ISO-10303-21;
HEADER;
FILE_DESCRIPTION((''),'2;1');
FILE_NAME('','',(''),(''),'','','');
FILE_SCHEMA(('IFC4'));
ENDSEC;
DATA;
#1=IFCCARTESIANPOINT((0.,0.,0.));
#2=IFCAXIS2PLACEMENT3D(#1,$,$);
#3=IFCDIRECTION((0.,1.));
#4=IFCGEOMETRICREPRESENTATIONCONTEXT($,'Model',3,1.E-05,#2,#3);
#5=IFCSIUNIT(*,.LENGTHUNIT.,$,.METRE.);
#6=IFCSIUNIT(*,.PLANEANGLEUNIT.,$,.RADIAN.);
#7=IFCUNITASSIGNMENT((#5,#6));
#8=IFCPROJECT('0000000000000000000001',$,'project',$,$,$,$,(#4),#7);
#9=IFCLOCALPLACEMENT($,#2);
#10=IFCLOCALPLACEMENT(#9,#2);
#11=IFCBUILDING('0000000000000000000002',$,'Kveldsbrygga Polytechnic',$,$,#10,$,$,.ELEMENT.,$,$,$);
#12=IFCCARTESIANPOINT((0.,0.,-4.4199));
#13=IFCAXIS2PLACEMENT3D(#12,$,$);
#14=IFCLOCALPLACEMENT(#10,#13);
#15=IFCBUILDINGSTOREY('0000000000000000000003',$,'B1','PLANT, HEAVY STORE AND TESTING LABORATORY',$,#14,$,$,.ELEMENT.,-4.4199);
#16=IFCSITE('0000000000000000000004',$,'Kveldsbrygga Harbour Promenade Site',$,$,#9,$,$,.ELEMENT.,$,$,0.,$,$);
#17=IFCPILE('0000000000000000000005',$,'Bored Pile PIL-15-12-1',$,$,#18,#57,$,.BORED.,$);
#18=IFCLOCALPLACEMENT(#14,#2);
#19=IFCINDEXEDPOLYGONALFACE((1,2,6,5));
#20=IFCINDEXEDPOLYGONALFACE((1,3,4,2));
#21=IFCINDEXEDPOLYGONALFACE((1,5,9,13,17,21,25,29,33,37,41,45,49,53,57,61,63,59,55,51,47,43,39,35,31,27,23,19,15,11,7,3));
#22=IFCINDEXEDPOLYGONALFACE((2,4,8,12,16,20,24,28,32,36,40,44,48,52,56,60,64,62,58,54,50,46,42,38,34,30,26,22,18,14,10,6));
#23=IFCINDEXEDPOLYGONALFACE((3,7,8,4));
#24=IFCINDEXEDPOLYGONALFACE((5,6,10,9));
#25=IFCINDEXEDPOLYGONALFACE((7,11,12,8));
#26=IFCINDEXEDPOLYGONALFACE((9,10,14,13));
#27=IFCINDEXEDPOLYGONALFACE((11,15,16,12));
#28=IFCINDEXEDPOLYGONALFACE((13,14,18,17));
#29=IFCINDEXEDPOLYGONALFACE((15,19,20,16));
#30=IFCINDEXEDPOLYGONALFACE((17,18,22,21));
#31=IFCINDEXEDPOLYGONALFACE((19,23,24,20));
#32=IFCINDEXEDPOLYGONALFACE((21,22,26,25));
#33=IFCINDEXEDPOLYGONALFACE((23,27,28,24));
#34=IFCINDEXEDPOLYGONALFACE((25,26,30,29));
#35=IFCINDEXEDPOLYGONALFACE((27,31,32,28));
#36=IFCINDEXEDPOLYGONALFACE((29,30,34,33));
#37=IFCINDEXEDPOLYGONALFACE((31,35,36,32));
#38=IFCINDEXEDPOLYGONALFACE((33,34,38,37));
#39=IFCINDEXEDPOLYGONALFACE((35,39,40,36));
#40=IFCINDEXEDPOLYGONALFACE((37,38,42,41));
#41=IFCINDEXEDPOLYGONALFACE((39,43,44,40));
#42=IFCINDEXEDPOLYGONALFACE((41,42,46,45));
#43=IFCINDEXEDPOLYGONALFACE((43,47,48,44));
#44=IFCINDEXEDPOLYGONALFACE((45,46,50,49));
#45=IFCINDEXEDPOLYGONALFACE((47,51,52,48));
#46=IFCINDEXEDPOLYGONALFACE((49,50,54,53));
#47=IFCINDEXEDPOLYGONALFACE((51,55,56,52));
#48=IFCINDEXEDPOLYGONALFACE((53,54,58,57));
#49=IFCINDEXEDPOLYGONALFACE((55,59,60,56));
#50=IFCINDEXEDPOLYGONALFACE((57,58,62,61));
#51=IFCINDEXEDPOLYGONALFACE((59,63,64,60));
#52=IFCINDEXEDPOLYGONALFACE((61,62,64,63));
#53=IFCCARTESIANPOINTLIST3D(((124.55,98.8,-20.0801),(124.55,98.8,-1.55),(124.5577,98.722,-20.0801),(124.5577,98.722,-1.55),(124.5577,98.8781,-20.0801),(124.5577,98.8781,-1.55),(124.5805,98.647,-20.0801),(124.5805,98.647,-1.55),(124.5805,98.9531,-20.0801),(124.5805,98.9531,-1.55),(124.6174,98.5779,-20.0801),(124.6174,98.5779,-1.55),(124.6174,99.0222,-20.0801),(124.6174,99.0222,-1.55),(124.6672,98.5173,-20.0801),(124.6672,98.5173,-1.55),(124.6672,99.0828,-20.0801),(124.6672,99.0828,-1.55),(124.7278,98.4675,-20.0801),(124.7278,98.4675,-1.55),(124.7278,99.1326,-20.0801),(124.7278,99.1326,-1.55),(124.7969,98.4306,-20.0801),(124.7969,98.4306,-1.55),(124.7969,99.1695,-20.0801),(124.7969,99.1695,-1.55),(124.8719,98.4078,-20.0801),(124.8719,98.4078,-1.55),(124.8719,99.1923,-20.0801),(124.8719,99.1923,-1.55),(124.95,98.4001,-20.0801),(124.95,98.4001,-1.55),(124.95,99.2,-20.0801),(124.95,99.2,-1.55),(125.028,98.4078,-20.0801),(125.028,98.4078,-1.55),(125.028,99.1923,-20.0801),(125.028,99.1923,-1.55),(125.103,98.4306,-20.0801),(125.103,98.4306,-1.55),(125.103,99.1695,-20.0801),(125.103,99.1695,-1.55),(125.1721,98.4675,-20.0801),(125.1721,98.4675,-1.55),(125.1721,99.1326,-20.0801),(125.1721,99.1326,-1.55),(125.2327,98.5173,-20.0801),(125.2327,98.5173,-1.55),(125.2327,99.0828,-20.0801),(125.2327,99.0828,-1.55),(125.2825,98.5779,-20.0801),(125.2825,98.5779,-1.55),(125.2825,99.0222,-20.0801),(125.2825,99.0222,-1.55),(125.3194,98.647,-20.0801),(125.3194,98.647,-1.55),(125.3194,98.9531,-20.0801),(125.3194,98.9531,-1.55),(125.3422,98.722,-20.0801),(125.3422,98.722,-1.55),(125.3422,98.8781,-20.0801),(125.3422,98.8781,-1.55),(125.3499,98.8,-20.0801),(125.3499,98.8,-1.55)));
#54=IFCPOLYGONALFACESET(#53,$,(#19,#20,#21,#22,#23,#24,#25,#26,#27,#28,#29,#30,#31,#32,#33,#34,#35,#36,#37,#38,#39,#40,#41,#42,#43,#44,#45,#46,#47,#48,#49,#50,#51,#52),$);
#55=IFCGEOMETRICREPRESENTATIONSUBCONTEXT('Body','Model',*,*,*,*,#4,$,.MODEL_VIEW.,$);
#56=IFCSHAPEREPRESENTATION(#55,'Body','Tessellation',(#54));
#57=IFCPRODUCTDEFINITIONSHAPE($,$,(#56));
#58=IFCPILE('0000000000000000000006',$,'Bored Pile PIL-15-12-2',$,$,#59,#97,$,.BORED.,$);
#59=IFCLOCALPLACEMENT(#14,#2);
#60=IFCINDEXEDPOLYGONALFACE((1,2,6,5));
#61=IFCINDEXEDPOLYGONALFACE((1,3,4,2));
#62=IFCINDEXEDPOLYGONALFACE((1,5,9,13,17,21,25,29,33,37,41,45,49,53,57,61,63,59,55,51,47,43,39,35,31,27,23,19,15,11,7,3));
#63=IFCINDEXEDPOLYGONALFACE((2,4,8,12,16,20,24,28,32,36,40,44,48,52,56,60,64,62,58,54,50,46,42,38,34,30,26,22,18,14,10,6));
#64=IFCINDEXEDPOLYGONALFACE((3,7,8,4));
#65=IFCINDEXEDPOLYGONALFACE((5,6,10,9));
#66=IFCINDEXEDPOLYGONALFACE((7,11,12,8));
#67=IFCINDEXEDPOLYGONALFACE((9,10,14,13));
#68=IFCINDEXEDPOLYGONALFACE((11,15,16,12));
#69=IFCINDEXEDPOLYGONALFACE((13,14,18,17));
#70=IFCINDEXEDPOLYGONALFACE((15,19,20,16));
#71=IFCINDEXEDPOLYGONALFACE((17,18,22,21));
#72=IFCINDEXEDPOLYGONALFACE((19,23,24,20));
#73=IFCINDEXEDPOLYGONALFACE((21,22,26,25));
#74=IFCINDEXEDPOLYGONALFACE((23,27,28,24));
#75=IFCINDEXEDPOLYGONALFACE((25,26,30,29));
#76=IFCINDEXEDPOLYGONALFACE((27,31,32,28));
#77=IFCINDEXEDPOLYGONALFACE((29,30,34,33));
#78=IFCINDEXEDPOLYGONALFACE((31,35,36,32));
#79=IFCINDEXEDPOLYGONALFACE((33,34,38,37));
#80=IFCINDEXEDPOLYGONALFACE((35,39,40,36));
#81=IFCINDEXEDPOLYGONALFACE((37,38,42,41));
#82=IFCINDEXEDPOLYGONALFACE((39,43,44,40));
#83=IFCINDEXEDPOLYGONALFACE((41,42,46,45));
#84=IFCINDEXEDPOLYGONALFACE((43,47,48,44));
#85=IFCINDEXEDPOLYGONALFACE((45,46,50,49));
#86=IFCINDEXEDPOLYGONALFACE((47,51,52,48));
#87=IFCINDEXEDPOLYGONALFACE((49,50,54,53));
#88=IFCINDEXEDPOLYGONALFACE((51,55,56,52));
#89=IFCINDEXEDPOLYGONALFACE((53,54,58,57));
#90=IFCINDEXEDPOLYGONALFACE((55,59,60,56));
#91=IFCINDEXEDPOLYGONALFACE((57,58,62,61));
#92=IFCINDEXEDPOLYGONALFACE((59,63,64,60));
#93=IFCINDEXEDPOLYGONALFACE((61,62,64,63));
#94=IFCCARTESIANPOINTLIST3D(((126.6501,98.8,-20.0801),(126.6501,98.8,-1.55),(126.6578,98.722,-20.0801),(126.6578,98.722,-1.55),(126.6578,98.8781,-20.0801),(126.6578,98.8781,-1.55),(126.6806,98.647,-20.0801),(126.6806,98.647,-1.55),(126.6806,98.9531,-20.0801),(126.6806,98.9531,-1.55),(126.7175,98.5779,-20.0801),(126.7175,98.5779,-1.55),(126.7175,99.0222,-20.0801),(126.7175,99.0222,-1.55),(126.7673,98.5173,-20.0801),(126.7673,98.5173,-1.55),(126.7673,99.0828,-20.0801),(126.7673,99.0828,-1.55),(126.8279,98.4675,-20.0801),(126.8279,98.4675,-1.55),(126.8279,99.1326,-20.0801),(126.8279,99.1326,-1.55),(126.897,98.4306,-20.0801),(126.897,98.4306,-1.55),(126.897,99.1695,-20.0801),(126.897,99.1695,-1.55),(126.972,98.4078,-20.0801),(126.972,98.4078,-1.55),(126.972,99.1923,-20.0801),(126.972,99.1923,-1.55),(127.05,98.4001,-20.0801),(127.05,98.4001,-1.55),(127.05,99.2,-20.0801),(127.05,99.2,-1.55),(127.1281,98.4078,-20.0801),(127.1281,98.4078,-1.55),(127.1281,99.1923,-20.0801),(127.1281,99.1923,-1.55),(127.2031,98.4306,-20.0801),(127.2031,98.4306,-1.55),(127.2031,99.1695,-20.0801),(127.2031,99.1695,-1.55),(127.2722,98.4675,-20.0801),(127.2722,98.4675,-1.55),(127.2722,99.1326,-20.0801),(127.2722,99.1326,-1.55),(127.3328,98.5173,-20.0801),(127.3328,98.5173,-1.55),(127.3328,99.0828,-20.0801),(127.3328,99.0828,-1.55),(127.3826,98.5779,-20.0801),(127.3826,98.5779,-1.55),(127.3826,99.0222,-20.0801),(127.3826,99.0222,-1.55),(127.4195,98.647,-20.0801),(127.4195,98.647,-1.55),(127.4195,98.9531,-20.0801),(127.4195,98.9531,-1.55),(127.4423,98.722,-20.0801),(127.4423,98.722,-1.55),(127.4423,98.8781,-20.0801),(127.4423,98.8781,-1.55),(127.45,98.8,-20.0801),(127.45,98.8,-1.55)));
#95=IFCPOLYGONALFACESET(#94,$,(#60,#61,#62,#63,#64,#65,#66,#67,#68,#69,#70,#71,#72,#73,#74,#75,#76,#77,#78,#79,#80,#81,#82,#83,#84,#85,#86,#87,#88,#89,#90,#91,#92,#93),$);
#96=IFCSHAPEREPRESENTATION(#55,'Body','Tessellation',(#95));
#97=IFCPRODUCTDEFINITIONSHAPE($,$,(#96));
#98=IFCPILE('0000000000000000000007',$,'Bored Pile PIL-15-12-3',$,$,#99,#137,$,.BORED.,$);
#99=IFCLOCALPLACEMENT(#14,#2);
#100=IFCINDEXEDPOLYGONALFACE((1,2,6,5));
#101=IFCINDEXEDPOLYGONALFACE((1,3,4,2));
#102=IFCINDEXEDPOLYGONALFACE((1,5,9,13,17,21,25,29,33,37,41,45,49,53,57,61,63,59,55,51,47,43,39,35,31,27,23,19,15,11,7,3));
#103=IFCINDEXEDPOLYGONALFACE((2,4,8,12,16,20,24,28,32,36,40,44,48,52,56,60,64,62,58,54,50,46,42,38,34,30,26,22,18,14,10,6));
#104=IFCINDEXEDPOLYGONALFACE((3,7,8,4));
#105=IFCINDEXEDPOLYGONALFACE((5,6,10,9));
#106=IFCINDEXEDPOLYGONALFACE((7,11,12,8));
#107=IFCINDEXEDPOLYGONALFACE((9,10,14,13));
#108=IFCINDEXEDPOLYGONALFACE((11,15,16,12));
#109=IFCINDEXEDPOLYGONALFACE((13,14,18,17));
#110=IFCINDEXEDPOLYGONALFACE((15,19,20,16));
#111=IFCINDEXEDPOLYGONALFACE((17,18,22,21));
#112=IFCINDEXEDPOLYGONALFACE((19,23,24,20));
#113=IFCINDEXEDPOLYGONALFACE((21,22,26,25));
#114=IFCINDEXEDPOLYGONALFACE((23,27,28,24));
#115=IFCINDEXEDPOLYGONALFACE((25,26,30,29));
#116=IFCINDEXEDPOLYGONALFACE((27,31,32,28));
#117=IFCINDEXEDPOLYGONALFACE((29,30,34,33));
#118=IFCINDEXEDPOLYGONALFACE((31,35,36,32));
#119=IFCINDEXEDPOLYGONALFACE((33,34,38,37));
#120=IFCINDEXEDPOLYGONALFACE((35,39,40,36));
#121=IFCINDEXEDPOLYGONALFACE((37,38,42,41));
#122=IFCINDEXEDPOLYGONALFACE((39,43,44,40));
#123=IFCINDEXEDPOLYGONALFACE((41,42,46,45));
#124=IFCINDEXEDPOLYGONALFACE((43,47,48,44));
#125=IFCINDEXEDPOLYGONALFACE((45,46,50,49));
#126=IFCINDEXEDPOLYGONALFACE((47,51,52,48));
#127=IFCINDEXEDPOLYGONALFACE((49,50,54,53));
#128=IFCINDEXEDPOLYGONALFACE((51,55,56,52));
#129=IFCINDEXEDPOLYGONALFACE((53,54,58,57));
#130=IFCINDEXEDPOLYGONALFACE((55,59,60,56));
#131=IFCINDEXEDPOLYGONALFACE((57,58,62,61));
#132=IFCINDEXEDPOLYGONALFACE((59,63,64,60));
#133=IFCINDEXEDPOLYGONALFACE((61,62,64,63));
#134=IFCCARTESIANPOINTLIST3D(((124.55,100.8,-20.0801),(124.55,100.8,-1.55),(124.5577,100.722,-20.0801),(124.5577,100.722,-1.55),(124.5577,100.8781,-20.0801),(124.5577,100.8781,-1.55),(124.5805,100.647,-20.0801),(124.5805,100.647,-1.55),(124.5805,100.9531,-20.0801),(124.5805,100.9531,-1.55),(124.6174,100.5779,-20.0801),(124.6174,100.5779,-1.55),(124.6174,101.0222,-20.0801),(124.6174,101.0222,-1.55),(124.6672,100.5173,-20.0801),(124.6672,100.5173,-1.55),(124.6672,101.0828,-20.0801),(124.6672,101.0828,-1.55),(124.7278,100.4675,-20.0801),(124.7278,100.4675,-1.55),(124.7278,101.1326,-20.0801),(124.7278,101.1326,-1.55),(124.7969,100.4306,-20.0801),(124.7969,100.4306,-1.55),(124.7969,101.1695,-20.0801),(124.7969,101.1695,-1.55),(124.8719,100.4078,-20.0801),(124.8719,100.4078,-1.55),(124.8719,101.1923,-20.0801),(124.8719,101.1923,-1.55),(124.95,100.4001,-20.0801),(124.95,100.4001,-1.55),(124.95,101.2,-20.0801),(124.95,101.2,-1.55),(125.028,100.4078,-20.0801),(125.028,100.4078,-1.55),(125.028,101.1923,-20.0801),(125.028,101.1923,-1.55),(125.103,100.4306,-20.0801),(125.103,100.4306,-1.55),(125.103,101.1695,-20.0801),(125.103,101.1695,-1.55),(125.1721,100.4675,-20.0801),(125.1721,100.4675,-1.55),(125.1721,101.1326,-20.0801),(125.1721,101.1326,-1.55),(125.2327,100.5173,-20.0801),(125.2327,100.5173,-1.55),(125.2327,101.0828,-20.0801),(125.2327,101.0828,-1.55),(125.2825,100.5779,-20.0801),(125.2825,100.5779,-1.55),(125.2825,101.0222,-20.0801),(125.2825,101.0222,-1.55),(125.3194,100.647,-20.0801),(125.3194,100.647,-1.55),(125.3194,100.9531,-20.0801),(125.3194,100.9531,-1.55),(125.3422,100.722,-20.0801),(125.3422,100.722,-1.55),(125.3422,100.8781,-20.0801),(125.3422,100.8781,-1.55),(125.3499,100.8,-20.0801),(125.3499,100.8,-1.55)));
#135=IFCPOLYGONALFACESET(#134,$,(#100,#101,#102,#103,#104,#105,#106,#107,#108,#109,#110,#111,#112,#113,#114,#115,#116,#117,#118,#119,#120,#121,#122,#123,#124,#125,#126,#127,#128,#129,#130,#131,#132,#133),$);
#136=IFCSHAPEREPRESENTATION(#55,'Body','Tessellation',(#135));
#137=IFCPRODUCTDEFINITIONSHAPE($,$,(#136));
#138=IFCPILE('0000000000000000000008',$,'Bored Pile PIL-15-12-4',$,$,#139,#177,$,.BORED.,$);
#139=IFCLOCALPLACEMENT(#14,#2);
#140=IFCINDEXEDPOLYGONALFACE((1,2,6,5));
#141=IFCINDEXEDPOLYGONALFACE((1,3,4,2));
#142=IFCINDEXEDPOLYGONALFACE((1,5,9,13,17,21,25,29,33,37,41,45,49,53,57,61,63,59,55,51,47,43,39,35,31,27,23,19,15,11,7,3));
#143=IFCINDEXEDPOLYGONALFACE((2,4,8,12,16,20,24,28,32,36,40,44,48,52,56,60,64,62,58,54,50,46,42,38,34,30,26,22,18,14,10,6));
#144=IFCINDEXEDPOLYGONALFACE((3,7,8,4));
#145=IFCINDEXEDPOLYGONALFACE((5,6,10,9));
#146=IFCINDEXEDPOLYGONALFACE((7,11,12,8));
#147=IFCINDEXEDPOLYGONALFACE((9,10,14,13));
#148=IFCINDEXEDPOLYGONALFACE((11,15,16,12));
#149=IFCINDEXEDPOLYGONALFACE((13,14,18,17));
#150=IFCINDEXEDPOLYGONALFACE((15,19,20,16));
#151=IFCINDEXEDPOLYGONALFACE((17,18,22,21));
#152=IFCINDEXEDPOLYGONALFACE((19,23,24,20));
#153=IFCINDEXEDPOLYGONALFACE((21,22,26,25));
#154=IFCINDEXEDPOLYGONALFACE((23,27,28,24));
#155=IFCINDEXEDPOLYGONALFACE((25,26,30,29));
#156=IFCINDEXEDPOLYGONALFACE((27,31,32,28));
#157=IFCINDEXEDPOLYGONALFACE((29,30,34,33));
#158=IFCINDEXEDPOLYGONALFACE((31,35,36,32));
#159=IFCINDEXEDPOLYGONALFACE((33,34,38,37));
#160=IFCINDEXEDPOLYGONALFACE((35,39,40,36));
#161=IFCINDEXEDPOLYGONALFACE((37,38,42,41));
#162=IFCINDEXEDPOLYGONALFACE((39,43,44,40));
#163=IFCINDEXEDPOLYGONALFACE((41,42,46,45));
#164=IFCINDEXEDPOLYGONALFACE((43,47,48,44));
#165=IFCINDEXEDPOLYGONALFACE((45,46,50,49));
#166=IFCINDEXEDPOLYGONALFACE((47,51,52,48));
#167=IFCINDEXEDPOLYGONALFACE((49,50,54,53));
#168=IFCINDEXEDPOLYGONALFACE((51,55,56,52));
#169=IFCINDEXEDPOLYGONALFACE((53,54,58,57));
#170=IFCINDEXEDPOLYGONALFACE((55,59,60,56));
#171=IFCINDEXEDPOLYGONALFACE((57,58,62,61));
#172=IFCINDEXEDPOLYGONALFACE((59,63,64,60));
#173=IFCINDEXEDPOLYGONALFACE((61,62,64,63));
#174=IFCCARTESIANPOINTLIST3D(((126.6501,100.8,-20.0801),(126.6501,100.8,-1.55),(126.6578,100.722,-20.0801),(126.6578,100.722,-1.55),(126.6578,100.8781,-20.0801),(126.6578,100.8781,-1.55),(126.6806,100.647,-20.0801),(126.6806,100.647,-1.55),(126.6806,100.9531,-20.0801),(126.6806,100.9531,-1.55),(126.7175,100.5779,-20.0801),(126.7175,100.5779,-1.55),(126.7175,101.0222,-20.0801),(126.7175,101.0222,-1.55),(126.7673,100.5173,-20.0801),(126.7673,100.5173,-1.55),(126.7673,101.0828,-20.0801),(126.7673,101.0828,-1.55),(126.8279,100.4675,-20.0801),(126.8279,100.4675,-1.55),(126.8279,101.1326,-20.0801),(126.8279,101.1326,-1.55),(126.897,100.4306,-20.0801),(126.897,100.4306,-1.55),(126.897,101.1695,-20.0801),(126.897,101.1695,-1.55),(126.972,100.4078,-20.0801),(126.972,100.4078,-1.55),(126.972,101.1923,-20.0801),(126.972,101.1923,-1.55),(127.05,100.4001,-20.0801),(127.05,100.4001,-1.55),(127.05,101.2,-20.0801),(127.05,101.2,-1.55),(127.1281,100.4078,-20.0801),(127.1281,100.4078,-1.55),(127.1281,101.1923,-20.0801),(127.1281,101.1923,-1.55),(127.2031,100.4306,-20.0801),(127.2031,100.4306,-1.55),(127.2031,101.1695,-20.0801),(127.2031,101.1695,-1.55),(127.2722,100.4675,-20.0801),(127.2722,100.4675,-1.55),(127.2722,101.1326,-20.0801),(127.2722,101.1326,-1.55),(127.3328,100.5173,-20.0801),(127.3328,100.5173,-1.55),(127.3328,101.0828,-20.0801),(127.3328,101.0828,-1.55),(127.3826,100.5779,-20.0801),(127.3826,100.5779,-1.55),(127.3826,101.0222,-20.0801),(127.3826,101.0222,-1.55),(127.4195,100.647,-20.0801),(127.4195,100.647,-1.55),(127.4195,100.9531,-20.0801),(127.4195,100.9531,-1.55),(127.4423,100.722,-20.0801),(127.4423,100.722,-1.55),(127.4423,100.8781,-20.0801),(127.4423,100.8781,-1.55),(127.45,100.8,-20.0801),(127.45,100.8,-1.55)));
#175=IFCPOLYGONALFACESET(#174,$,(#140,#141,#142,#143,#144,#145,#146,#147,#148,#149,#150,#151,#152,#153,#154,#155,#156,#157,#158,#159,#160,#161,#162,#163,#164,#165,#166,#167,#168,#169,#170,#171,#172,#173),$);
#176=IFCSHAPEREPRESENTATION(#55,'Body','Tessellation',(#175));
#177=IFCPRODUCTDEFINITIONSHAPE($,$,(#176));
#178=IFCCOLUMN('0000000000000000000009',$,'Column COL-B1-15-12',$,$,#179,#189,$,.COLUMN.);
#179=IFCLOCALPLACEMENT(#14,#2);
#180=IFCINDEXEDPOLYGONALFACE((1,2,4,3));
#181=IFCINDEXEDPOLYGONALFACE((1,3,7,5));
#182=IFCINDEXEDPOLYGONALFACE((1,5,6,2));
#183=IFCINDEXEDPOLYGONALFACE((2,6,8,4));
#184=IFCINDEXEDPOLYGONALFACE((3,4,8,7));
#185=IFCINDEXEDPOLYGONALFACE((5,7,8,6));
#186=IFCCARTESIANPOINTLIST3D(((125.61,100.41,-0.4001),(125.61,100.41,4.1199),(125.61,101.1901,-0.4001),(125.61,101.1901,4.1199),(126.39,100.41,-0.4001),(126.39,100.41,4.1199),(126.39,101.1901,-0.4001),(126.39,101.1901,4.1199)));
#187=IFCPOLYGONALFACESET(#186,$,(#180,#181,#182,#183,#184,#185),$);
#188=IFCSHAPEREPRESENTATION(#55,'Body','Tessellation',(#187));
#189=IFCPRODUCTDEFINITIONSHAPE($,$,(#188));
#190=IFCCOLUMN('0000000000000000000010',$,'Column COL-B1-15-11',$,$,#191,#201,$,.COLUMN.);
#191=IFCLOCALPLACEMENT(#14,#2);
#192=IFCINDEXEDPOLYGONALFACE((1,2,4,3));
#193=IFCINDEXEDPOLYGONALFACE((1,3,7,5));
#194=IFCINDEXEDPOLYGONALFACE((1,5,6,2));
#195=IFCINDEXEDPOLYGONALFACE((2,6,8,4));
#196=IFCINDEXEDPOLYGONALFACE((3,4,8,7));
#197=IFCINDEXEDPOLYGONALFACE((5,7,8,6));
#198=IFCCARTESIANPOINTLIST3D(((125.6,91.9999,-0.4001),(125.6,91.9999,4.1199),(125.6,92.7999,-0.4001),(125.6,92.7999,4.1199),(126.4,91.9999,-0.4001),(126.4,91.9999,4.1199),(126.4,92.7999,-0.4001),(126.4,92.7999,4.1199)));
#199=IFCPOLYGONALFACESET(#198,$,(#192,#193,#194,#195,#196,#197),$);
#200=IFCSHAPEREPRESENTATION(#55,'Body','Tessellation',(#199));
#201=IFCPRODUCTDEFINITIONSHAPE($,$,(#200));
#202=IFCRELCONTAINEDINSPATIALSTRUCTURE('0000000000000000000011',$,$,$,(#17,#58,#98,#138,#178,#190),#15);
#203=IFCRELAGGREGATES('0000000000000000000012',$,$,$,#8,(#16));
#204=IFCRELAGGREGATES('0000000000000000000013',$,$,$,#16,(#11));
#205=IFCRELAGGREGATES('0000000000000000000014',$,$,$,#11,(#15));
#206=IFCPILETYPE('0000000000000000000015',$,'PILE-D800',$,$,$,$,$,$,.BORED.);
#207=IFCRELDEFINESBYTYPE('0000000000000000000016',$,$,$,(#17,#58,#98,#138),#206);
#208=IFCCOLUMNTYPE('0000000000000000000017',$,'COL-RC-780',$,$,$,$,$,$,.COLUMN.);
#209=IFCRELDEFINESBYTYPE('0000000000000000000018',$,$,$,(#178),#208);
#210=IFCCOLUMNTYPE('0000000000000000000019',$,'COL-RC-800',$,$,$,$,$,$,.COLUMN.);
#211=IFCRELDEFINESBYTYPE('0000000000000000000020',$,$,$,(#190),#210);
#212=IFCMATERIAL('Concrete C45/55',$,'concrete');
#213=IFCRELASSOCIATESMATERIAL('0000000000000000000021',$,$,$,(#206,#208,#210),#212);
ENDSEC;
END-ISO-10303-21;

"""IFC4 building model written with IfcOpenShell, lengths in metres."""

from ifc_helpers import new_model, si_unit, direction, frame, origin, origin_2d, place, context, subcontext, project, spatial, rectangle, circle, extrude, material, material_profile, profile_set, type_object, element, save


model = new_model("IFC4")

# Units and contexts
model_context = context("Model", 3, precision=1e-05, world=origin(), true_north=direction((0.0, 1.0)))
body_context = subcontext(model_context, "Body", "Model", "MODEL_VIEW")
ifc_project = project(units=[si_unit("LENGTHUNIT", "METRE"), si_unit("PLANEANGLEUNIT", "RADIAN")], contexts=[model_context])

# Site, building, storey
site_placement = place(None, origin())
site = spatial("IfcSite", under=ifc_project, at=site_placement, Name="Kveldsbrygga Harbour Promenade Site", CompositionType="ELEMENT", RefElevation=0.0)
building_placement = place(site_placement, origin())
building = spatial("IfcBuilding", under=site, at=building_placement, Name="Kveldsbrygga Polytechnic", CompositionType="ELEMENT")
storey_placement = place(building_placement, frame((0.0, 0.0, -4.4199)))
storey = spatial("IfcBuildingStorey", under=building, at=storey_placement, Name="B1", Description="PLANT, HEAVY STORE AND TESTING LABORATORY", CompositionType="ELEMENT", Elevation=-4.4199)

# Shared definitions
ifc_material_1 = material(Name="Concrete C45/55", Category="concrete")

# Piles
ifc_material_profile_1 = material_profile(ifc_material_1, circle(Radius=0.3999, at=origin_2d()), Name="PILE D800")
ifc_profile_set_1 = profile_set([ifc_material_profile_1], Name="Concrete C45/55")
pile_type = type_object("IfcPileType", Name="PILE-D800", PredefinedType="BORED", material=ifc_profile_set_1)
for number, where, z_axis, x_axis, name in (
    (1, (124.95, 98.8, -1.55), (0.0, 0.0, -1.0), (1.0, 0.0, 0.0), "Bored Pile PIL-15-12-1"),
    (2, (127.05, 98.8, -1.55), (0.0, 0.0, -1.0), (1.0, 0.0, 0.0), "Bored Pile PIL-15-12-2"),
    (3, (124.95, 100.8, -1.55), (0.0, 0.0, -1.0), (1.0, 0.0, 0.0), "Bored Pile PIL-15-12-3"),
    (4, (127.05, 100.8, -1.55), (0.0, 0.0, -1.0), (1.0, 0.0, 0.0), "Bored Pile PIL-15-12-4"),
):
    element("IfcPile", number, at=place(storey_placement, frame(where, z_axis=z_axis, x_axis=x_axis)), inside=storey, type_object=pile_type, Name=name, PredefinedType="BORED", context=body_context, shape_type="SweptSolid", body=[
        extrude(circle(Radius=0.3999, at=origin_2d()), origin(), (0.0, 0.0, 1.0), 18.53),
    ])

# Columns
ifc_material_profile_2 = material_profile(ifc_material_1, rectangle(XDim=0.78, YDim=0.78, at=origin_2d()), Name="RC 780x780")
ifc_profile_set_2 = profile_set([ifc_material_profile_2], Name="Concrete C45/55")
column_type_1 = type_object("IfcColumnType", Name="COL-RC-780", PredefinedType="COLUMN", material=ifc_profile_set_2)
column_1_placement = place(storey_placement, frame((126.0, 100.8, -0.4001), z_axis=(0.0, 0.0, 1.0), x_axis=(1.0, 0.0, 0.0)))
element("IfcColumn", 5, at=column_1_placement, inside=storey, type_object=column_type_1, Name="Column COL-B1-15-12", PredefinedType="COLUMN", context=body_context, shape_type="SweptSolid", body=[
    extrude(rectangle(XDim=0.78, YDim=0.78, at=origin_2d()), origin(), (0.0, 0.0, 1.0), 4.52),
])
ifc_material_profile_3 = material_profile(ifc_material_1, rectangle(XDim=0.8, YDim=0.8, at=origin_2d()), Name="RC 800x800")
ifc_profile_set_3 = profile_set([ifc_material_profile_3], Name="Concrete C45/55")
column_type_2 = type_object("IfcColumnType", Name="COL-RC-800", PredefinedType="COLUMN", material=ifc_profile_set_3)
column_2_placement = place(storey_placement, frame((126.0, 92.3999, -0.4001), z_axis=(0.0, 0.0, 1.0), x_axis=(1.0, 0.0, 0.0)))
element("IfcColumn", 6, at=column_2_placement, inside=storey, type_object=column_type_2, Name="Column COL-B1-15-11", PredefinedType="COLUMN", context=body_context, shape_type="SweptSolid", body=[
    extrude(rectangle(XDim=0.8, YDim=0.8, at=origin_2d()), origin(), (0.0, 0.0, 1.0), 4.52),
])

save(model, "model.ifc")
